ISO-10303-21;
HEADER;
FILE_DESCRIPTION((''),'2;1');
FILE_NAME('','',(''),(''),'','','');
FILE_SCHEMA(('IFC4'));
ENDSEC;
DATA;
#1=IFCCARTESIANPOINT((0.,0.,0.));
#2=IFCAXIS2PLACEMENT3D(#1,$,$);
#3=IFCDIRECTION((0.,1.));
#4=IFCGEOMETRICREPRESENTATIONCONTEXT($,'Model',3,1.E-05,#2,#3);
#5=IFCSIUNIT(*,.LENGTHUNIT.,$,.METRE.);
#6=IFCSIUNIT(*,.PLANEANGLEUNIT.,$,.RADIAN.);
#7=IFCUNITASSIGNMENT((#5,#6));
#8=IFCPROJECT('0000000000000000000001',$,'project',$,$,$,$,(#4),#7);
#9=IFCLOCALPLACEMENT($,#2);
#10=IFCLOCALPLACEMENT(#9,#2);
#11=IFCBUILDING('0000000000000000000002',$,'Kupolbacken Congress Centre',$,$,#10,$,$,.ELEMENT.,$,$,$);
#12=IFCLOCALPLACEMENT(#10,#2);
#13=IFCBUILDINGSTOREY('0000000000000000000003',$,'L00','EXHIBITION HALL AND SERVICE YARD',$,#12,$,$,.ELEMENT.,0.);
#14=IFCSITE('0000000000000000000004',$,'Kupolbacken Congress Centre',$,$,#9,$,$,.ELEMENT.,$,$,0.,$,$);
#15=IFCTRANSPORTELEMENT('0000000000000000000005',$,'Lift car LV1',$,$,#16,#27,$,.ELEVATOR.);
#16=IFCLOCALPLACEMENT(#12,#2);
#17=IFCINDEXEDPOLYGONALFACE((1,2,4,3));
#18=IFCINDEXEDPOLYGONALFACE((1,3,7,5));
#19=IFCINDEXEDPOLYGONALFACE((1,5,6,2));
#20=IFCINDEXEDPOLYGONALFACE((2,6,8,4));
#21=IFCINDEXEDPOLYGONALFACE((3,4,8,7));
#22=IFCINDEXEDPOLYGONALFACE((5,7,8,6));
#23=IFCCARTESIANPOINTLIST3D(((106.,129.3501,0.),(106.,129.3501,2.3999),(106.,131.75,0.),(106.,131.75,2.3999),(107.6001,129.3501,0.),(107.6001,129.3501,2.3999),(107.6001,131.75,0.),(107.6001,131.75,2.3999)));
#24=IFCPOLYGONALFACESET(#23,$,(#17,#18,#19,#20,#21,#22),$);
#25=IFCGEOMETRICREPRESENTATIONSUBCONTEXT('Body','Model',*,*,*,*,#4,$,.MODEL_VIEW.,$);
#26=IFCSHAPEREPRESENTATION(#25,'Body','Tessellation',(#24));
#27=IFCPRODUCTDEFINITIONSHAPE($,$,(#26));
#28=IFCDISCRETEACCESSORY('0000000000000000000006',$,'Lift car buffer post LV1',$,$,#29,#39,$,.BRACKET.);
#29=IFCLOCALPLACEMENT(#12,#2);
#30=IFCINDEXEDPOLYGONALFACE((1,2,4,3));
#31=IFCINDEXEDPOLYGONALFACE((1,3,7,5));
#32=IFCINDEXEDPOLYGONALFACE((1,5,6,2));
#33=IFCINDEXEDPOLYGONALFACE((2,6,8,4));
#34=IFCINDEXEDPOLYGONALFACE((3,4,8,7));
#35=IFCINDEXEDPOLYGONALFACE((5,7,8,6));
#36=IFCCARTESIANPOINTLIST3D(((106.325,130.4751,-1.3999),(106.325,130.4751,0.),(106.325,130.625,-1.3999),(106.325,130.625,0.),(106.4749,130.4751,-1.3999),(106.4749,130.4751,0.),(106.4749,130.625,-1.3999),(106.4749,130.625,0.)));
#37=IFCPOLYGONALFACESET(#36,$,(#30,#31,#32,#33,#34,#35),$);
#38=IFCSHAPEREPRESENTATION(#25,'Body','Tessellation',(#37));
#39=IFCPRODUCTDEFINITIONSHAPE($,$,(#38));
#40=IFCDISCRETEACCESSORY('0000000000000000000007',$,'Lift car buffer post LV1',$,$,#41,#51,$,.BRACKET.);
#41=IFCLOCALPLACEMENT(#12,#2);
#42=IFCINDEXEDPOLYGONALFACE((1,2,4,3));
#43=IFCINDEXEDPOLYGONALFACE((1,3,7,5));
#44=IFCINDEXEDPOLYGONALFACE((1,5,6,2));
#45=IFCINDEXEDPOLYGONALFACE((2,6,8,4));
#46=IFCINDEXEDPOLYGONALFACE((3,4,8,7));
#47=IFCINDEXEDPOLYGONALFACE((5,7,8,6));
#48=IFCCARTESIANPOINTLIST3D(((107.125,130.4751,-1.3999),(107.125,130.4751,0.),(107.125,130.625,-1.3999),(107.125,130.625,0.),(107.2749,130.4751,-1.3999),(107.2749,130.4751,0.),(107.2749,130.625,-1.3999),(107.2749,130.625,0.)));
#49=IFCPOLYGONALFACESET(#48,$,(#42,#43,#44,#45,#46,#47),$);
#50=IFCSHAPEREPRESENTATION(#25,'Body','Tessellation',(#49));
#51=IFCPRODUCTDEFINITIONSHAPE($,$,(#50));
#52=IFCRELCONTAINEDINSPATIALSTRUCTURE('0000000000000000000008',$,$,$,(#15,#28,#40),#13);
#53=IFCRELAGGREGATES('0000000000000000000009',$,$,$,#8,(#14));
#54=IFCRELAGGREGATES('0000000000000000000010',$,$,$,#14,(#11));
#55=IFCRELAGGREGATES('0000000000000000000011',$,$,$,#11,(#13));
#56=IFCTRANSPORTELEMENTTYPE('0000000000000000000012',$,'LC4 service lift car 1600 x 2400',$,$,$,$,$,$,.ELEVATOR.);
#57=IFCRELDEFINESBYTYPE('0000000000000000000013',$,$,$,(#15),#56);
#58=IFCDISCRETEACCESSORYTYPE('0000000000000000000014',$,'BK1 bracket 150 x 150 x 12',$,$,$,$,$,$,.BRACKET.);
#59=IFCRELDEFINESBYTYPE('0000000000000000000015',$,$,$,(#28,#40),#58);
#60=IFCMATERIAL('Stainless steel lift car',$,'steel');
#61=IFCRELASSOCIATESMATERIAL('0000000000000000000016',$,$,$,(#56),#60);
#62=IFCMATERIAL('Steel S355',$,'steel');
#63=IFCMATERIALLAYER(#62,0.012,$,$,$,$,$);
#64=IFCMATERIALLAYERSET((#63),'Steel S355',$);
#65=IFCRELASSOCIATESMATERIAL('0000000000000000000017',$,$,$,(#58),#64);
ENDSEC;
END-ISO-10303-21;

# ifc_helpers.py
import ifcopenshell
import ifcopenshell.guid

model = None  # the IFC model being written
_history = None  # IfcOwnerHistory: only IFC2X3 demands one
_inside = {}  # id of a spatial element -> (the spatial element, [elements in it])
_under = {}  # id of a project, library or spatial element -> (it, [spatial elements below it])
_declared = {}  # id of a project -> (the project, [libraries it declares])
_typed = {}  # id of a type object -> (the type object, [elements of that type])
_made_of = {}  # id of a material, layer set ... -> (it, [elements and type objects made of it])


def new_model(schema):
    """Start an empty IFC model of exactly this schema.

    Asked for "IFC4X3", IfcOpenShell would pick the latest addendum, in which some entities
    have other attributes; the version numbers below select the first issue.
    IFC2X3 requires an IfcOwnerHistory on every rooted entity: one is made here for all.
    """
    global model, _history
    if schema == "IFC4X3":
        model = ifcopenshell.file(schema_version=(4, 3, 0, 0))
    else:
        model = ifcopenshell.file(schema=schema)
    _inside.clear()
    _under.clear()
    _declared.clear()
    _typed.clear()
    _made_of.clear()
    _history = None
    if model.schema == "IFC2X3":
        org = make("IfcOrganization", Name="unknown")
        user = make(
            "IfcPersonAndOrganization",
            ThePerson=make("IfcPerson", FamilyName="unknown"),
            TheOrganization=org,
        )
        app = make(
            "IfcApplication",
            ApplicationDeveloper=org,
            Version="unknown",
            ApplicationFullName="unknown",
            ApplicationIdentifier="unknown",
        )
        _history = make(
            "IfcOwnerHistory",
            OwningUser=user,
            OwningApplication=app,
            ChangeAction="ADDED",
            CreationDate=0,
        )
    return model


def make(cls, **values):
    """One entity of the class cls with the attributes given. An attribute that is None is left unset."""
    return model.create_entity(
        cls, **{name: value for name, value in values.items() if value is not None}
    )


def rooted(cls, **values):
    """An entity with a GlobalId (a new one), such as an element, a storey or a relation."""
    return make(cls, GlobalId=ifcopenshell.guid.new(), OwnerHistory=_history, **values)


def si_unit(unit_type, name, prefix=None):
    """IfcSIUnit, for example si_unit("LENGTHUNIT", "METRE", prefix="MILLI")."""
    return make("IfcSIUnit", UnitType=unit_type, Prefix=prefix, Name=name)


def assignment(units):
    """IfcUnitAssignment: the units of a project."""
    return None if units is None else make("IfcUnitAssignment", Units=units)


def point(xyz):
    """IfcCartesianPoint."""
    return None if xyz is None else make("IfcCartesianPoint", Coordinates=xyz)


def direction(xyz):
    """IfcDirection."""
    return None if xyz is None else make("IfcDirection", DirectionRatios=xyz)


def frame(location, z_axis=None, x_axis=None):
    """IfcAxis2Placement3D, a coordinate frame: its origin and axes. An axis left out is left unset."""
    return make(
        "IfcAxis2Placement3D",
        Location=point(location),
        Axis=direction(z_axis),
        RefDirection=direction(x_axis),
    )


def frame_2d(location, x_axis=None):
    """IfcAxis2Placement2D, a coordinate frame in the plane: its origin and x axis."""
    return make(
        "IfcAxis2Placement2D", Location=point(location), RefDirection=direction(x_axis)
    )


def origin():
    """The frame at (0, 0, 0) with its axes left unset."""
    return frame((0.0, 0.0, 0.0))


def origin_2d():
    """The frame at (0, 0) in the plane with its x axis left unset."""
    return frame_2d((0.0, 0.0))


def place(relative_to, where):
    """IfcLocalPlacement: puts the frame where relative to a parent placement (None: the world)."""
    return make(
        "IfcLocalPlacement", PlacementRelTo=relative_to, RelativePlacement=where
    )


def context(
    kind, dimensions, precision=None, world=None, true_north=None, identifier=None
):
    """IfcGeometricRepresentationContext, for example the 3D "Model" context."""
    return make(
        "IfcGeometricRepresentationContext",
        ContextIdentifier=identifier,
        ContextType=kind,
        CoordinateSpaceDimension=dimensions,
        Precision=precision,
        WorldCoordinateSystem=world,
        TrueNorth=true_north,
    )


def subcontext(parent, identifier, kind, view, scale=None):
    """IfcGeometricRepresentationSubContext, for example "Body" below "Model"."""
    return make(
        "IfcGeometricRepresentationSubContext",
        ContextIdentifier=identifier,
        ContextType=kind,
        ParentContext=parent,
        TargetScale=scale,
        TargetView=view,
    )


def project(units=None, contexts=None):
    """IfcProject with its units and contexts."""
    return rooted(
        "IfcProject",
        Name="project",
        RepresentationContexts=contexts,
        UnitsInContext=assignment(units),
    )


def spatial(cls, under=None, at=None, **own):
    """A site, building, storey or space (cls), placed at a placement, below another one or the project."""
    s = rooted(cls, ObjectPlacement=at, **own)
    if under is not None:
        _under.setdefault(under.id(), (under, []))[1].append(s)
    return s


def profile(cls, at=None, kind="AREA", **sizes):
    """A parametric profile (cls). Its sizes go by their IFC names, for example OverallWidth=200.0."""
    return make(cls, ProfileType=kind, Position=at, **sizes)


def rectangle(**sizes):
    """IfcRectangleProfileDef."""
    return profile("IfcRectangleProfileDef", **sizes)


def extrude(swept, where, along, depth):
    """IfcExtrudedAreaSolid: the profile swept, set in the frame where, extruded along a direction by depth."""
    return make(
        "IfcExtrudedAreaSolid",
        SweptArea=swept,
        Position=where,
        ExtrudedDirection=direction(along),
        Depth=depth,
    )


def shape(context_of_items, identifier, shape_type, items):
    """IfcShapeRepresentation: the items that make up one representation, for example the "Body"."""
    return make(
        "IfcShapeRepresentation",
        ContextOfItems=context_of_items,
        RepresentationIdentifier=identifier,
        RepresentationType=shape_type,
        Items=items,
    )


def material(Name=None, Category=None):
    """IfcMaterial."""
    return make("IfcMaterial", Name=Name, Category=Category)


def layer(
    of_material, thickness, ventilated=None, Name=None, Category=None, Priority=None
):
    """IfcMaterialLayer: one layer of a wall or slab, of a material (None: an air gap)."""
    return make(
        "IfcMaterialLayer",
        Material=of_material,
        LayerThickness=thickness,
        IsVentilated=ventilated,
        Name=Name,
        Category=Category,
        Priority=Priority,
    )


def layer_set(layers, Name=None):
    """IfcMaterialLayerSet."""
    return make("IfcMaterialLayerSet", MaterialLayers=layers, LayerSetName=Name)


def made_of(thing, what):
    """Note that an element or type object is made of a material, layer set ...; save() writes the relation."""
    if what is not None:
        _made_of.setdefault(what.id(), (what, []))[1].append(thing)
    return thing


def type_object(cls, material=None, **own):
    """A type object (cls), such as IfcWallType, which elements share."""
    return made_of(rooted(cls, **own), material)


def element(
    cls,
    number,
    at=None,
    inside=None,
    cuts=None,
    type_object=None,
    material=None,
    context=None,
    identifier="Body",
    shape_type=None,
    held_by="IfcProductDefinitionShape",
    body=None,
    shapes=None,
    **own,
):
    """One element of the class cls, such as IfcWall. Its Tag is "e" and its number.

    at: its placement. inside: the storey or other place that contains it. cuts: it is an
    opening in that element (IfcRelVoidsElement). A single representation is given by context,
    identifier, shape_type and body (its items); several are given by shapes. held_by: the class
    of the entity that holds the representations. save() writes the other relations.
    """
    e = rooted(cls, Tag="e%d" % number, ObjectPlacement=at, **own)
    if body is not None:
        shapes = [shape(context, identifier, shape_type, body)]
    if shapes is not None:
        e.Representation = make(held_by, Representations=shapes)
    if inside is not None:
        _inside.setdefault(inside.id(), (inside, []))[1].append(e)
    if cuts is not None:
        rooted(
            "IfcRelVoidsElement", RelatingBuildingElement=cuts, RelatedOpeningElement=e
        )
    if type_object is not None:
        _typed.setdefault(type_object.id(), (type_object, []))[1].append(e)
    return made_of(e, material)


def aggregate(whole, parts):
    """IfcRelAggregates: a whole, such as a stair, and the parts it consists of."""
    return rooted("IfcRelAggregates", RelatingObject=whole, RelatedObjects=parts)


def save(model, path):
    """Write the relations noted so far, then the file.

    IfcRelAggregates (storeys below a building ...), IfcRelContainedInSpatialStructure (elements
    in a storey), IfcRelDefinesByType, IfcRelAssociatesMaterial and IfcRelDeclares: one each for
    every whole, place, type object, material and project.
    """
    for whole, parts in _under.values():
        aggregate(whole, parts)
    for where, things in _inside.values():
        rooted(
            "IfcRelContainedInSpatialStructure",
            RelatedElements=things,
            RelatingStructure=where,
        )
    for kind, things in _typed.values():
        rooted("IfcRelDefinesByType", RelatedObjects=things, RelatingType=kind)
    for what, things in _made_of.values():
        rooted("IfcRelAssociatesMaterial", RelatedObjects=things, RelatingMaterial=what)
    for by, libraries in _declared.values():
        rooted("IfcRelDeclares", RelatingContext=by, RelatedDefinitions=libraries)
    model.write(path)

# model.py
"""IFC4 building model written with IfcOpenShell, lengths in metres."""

from ifc_helpers import new_model, si_unit, direction, frame, origin, origin_2d, place, context, subcontext, project, spatial, rectangle, extrude, material, layer, layer_set, type_object, element, save


model = new_model("IFC4")

# Units and contexts
model_context = context("Model", 3, precision=1e-05, world=origin(), true_north=direction((0.0, 1.0)))
body_context = subcontext(model_context, "Body", "Model", "MODEL_VIEW")
ifc_project = project(units=[si_unit("LENGTHUNIT", "METRE"), si_unit("PLANEANGLEUNIT", "RADIAN")], contexts=[model_context])

# Site, building, storey
site_placement = place(None, origin())
site = spatial("IfcSite", under=ifc_project, at=site_placement, Name="Kupolbacken Congress Centre", CompositionType="ELEMENT", RefElevation=0.0)
building_placement = place(site_placement, origin())
building = spatial("IfcBuilding", under=site, at=building_placement, Name="Kupolbacken Congress Centre", CompositionType="ELEMENT")
storey_placement = place(building_placement, origin())
storey = spatial("IfcBuildingStorey", under=building, at=storey_placement, Name="L00", Description="EXHIBITION HALL AND SERVICE YARD", CompositionType="ELEMENT", Elevation=0.0)

# Transport element
ifc_material_1 = material(Name="Stainless steel lift car", Category="steel")
transport_element_type = type_object("IfcTransportElementType", Name="LC4 service lift car 1600 x 2400", PredefinedType="ELEVATOR", material=ifc_material_1)
transport_element_placement = place(storey_placement, frame((106.8, 130.55, 0.0), z_axis=(0.0, 0.0, 1.0), x_axis=(1.0, 0.0, 0.0)))
element("IfcTransportElement", 1, at=transport_element_placement, inside=storey, type_object=transport_element_type, Name="Lift car LV1", PredefinedType="ELEVATOR", context=body_context, shape_type="SweptSolid", body=[
    extrude(rectangle(XDim=1.6001, YDim=2.3999, at=origin_2d()), origin(), (0.0, 0.0, 1.0), 2.3999),
])

# Discrete accessories
ifc_material_2 = material(Name="Steel S355", Category="steel")
ifc_layer_1 = layer(ifc_material_2, 0.012)
ifc_layer_set_1 = layer_set([ifc_layer_1], Name="Steel S355")
discrete_accessory_type = type_object("IfcDiscreteAccessoryType", Name="BK1 bracket 150 x 150 x 12", PredefinedType="BRACKET", material=ifc_layer_set_1)
for number, where, z_axis, x_axis, name in (
    (2, (106.3999, 130.55, -1.3999), (0.0, 0.0, 1.0), (1.0, 0.0, 0.0), "Lift car buffer post LV1"),
    (3, (107.2, 130.55, -1.3999), (0.0, 0.0, 1.0), (1.0, 0.0, 0.0), "Lift car buffer post LV1"),
):
    element("IfcDiscreteAccessory", number, at=place(storey_placement, frame(where, z_axis=z_axis, x_axis=x_axis)), inside=storey, type_object=discrete_accessory_type, Name=name, PredefinedType="BRACKET", context=body_context, shape_type="SweptSolid", body=[
        extrude(rectangle(XDim=0.1499, YDim=0.1499, at=origin_2d()), origin(), (0.0, 0.0, 1.0), 1.3999),
    ])

save(model, "model.ifc")
